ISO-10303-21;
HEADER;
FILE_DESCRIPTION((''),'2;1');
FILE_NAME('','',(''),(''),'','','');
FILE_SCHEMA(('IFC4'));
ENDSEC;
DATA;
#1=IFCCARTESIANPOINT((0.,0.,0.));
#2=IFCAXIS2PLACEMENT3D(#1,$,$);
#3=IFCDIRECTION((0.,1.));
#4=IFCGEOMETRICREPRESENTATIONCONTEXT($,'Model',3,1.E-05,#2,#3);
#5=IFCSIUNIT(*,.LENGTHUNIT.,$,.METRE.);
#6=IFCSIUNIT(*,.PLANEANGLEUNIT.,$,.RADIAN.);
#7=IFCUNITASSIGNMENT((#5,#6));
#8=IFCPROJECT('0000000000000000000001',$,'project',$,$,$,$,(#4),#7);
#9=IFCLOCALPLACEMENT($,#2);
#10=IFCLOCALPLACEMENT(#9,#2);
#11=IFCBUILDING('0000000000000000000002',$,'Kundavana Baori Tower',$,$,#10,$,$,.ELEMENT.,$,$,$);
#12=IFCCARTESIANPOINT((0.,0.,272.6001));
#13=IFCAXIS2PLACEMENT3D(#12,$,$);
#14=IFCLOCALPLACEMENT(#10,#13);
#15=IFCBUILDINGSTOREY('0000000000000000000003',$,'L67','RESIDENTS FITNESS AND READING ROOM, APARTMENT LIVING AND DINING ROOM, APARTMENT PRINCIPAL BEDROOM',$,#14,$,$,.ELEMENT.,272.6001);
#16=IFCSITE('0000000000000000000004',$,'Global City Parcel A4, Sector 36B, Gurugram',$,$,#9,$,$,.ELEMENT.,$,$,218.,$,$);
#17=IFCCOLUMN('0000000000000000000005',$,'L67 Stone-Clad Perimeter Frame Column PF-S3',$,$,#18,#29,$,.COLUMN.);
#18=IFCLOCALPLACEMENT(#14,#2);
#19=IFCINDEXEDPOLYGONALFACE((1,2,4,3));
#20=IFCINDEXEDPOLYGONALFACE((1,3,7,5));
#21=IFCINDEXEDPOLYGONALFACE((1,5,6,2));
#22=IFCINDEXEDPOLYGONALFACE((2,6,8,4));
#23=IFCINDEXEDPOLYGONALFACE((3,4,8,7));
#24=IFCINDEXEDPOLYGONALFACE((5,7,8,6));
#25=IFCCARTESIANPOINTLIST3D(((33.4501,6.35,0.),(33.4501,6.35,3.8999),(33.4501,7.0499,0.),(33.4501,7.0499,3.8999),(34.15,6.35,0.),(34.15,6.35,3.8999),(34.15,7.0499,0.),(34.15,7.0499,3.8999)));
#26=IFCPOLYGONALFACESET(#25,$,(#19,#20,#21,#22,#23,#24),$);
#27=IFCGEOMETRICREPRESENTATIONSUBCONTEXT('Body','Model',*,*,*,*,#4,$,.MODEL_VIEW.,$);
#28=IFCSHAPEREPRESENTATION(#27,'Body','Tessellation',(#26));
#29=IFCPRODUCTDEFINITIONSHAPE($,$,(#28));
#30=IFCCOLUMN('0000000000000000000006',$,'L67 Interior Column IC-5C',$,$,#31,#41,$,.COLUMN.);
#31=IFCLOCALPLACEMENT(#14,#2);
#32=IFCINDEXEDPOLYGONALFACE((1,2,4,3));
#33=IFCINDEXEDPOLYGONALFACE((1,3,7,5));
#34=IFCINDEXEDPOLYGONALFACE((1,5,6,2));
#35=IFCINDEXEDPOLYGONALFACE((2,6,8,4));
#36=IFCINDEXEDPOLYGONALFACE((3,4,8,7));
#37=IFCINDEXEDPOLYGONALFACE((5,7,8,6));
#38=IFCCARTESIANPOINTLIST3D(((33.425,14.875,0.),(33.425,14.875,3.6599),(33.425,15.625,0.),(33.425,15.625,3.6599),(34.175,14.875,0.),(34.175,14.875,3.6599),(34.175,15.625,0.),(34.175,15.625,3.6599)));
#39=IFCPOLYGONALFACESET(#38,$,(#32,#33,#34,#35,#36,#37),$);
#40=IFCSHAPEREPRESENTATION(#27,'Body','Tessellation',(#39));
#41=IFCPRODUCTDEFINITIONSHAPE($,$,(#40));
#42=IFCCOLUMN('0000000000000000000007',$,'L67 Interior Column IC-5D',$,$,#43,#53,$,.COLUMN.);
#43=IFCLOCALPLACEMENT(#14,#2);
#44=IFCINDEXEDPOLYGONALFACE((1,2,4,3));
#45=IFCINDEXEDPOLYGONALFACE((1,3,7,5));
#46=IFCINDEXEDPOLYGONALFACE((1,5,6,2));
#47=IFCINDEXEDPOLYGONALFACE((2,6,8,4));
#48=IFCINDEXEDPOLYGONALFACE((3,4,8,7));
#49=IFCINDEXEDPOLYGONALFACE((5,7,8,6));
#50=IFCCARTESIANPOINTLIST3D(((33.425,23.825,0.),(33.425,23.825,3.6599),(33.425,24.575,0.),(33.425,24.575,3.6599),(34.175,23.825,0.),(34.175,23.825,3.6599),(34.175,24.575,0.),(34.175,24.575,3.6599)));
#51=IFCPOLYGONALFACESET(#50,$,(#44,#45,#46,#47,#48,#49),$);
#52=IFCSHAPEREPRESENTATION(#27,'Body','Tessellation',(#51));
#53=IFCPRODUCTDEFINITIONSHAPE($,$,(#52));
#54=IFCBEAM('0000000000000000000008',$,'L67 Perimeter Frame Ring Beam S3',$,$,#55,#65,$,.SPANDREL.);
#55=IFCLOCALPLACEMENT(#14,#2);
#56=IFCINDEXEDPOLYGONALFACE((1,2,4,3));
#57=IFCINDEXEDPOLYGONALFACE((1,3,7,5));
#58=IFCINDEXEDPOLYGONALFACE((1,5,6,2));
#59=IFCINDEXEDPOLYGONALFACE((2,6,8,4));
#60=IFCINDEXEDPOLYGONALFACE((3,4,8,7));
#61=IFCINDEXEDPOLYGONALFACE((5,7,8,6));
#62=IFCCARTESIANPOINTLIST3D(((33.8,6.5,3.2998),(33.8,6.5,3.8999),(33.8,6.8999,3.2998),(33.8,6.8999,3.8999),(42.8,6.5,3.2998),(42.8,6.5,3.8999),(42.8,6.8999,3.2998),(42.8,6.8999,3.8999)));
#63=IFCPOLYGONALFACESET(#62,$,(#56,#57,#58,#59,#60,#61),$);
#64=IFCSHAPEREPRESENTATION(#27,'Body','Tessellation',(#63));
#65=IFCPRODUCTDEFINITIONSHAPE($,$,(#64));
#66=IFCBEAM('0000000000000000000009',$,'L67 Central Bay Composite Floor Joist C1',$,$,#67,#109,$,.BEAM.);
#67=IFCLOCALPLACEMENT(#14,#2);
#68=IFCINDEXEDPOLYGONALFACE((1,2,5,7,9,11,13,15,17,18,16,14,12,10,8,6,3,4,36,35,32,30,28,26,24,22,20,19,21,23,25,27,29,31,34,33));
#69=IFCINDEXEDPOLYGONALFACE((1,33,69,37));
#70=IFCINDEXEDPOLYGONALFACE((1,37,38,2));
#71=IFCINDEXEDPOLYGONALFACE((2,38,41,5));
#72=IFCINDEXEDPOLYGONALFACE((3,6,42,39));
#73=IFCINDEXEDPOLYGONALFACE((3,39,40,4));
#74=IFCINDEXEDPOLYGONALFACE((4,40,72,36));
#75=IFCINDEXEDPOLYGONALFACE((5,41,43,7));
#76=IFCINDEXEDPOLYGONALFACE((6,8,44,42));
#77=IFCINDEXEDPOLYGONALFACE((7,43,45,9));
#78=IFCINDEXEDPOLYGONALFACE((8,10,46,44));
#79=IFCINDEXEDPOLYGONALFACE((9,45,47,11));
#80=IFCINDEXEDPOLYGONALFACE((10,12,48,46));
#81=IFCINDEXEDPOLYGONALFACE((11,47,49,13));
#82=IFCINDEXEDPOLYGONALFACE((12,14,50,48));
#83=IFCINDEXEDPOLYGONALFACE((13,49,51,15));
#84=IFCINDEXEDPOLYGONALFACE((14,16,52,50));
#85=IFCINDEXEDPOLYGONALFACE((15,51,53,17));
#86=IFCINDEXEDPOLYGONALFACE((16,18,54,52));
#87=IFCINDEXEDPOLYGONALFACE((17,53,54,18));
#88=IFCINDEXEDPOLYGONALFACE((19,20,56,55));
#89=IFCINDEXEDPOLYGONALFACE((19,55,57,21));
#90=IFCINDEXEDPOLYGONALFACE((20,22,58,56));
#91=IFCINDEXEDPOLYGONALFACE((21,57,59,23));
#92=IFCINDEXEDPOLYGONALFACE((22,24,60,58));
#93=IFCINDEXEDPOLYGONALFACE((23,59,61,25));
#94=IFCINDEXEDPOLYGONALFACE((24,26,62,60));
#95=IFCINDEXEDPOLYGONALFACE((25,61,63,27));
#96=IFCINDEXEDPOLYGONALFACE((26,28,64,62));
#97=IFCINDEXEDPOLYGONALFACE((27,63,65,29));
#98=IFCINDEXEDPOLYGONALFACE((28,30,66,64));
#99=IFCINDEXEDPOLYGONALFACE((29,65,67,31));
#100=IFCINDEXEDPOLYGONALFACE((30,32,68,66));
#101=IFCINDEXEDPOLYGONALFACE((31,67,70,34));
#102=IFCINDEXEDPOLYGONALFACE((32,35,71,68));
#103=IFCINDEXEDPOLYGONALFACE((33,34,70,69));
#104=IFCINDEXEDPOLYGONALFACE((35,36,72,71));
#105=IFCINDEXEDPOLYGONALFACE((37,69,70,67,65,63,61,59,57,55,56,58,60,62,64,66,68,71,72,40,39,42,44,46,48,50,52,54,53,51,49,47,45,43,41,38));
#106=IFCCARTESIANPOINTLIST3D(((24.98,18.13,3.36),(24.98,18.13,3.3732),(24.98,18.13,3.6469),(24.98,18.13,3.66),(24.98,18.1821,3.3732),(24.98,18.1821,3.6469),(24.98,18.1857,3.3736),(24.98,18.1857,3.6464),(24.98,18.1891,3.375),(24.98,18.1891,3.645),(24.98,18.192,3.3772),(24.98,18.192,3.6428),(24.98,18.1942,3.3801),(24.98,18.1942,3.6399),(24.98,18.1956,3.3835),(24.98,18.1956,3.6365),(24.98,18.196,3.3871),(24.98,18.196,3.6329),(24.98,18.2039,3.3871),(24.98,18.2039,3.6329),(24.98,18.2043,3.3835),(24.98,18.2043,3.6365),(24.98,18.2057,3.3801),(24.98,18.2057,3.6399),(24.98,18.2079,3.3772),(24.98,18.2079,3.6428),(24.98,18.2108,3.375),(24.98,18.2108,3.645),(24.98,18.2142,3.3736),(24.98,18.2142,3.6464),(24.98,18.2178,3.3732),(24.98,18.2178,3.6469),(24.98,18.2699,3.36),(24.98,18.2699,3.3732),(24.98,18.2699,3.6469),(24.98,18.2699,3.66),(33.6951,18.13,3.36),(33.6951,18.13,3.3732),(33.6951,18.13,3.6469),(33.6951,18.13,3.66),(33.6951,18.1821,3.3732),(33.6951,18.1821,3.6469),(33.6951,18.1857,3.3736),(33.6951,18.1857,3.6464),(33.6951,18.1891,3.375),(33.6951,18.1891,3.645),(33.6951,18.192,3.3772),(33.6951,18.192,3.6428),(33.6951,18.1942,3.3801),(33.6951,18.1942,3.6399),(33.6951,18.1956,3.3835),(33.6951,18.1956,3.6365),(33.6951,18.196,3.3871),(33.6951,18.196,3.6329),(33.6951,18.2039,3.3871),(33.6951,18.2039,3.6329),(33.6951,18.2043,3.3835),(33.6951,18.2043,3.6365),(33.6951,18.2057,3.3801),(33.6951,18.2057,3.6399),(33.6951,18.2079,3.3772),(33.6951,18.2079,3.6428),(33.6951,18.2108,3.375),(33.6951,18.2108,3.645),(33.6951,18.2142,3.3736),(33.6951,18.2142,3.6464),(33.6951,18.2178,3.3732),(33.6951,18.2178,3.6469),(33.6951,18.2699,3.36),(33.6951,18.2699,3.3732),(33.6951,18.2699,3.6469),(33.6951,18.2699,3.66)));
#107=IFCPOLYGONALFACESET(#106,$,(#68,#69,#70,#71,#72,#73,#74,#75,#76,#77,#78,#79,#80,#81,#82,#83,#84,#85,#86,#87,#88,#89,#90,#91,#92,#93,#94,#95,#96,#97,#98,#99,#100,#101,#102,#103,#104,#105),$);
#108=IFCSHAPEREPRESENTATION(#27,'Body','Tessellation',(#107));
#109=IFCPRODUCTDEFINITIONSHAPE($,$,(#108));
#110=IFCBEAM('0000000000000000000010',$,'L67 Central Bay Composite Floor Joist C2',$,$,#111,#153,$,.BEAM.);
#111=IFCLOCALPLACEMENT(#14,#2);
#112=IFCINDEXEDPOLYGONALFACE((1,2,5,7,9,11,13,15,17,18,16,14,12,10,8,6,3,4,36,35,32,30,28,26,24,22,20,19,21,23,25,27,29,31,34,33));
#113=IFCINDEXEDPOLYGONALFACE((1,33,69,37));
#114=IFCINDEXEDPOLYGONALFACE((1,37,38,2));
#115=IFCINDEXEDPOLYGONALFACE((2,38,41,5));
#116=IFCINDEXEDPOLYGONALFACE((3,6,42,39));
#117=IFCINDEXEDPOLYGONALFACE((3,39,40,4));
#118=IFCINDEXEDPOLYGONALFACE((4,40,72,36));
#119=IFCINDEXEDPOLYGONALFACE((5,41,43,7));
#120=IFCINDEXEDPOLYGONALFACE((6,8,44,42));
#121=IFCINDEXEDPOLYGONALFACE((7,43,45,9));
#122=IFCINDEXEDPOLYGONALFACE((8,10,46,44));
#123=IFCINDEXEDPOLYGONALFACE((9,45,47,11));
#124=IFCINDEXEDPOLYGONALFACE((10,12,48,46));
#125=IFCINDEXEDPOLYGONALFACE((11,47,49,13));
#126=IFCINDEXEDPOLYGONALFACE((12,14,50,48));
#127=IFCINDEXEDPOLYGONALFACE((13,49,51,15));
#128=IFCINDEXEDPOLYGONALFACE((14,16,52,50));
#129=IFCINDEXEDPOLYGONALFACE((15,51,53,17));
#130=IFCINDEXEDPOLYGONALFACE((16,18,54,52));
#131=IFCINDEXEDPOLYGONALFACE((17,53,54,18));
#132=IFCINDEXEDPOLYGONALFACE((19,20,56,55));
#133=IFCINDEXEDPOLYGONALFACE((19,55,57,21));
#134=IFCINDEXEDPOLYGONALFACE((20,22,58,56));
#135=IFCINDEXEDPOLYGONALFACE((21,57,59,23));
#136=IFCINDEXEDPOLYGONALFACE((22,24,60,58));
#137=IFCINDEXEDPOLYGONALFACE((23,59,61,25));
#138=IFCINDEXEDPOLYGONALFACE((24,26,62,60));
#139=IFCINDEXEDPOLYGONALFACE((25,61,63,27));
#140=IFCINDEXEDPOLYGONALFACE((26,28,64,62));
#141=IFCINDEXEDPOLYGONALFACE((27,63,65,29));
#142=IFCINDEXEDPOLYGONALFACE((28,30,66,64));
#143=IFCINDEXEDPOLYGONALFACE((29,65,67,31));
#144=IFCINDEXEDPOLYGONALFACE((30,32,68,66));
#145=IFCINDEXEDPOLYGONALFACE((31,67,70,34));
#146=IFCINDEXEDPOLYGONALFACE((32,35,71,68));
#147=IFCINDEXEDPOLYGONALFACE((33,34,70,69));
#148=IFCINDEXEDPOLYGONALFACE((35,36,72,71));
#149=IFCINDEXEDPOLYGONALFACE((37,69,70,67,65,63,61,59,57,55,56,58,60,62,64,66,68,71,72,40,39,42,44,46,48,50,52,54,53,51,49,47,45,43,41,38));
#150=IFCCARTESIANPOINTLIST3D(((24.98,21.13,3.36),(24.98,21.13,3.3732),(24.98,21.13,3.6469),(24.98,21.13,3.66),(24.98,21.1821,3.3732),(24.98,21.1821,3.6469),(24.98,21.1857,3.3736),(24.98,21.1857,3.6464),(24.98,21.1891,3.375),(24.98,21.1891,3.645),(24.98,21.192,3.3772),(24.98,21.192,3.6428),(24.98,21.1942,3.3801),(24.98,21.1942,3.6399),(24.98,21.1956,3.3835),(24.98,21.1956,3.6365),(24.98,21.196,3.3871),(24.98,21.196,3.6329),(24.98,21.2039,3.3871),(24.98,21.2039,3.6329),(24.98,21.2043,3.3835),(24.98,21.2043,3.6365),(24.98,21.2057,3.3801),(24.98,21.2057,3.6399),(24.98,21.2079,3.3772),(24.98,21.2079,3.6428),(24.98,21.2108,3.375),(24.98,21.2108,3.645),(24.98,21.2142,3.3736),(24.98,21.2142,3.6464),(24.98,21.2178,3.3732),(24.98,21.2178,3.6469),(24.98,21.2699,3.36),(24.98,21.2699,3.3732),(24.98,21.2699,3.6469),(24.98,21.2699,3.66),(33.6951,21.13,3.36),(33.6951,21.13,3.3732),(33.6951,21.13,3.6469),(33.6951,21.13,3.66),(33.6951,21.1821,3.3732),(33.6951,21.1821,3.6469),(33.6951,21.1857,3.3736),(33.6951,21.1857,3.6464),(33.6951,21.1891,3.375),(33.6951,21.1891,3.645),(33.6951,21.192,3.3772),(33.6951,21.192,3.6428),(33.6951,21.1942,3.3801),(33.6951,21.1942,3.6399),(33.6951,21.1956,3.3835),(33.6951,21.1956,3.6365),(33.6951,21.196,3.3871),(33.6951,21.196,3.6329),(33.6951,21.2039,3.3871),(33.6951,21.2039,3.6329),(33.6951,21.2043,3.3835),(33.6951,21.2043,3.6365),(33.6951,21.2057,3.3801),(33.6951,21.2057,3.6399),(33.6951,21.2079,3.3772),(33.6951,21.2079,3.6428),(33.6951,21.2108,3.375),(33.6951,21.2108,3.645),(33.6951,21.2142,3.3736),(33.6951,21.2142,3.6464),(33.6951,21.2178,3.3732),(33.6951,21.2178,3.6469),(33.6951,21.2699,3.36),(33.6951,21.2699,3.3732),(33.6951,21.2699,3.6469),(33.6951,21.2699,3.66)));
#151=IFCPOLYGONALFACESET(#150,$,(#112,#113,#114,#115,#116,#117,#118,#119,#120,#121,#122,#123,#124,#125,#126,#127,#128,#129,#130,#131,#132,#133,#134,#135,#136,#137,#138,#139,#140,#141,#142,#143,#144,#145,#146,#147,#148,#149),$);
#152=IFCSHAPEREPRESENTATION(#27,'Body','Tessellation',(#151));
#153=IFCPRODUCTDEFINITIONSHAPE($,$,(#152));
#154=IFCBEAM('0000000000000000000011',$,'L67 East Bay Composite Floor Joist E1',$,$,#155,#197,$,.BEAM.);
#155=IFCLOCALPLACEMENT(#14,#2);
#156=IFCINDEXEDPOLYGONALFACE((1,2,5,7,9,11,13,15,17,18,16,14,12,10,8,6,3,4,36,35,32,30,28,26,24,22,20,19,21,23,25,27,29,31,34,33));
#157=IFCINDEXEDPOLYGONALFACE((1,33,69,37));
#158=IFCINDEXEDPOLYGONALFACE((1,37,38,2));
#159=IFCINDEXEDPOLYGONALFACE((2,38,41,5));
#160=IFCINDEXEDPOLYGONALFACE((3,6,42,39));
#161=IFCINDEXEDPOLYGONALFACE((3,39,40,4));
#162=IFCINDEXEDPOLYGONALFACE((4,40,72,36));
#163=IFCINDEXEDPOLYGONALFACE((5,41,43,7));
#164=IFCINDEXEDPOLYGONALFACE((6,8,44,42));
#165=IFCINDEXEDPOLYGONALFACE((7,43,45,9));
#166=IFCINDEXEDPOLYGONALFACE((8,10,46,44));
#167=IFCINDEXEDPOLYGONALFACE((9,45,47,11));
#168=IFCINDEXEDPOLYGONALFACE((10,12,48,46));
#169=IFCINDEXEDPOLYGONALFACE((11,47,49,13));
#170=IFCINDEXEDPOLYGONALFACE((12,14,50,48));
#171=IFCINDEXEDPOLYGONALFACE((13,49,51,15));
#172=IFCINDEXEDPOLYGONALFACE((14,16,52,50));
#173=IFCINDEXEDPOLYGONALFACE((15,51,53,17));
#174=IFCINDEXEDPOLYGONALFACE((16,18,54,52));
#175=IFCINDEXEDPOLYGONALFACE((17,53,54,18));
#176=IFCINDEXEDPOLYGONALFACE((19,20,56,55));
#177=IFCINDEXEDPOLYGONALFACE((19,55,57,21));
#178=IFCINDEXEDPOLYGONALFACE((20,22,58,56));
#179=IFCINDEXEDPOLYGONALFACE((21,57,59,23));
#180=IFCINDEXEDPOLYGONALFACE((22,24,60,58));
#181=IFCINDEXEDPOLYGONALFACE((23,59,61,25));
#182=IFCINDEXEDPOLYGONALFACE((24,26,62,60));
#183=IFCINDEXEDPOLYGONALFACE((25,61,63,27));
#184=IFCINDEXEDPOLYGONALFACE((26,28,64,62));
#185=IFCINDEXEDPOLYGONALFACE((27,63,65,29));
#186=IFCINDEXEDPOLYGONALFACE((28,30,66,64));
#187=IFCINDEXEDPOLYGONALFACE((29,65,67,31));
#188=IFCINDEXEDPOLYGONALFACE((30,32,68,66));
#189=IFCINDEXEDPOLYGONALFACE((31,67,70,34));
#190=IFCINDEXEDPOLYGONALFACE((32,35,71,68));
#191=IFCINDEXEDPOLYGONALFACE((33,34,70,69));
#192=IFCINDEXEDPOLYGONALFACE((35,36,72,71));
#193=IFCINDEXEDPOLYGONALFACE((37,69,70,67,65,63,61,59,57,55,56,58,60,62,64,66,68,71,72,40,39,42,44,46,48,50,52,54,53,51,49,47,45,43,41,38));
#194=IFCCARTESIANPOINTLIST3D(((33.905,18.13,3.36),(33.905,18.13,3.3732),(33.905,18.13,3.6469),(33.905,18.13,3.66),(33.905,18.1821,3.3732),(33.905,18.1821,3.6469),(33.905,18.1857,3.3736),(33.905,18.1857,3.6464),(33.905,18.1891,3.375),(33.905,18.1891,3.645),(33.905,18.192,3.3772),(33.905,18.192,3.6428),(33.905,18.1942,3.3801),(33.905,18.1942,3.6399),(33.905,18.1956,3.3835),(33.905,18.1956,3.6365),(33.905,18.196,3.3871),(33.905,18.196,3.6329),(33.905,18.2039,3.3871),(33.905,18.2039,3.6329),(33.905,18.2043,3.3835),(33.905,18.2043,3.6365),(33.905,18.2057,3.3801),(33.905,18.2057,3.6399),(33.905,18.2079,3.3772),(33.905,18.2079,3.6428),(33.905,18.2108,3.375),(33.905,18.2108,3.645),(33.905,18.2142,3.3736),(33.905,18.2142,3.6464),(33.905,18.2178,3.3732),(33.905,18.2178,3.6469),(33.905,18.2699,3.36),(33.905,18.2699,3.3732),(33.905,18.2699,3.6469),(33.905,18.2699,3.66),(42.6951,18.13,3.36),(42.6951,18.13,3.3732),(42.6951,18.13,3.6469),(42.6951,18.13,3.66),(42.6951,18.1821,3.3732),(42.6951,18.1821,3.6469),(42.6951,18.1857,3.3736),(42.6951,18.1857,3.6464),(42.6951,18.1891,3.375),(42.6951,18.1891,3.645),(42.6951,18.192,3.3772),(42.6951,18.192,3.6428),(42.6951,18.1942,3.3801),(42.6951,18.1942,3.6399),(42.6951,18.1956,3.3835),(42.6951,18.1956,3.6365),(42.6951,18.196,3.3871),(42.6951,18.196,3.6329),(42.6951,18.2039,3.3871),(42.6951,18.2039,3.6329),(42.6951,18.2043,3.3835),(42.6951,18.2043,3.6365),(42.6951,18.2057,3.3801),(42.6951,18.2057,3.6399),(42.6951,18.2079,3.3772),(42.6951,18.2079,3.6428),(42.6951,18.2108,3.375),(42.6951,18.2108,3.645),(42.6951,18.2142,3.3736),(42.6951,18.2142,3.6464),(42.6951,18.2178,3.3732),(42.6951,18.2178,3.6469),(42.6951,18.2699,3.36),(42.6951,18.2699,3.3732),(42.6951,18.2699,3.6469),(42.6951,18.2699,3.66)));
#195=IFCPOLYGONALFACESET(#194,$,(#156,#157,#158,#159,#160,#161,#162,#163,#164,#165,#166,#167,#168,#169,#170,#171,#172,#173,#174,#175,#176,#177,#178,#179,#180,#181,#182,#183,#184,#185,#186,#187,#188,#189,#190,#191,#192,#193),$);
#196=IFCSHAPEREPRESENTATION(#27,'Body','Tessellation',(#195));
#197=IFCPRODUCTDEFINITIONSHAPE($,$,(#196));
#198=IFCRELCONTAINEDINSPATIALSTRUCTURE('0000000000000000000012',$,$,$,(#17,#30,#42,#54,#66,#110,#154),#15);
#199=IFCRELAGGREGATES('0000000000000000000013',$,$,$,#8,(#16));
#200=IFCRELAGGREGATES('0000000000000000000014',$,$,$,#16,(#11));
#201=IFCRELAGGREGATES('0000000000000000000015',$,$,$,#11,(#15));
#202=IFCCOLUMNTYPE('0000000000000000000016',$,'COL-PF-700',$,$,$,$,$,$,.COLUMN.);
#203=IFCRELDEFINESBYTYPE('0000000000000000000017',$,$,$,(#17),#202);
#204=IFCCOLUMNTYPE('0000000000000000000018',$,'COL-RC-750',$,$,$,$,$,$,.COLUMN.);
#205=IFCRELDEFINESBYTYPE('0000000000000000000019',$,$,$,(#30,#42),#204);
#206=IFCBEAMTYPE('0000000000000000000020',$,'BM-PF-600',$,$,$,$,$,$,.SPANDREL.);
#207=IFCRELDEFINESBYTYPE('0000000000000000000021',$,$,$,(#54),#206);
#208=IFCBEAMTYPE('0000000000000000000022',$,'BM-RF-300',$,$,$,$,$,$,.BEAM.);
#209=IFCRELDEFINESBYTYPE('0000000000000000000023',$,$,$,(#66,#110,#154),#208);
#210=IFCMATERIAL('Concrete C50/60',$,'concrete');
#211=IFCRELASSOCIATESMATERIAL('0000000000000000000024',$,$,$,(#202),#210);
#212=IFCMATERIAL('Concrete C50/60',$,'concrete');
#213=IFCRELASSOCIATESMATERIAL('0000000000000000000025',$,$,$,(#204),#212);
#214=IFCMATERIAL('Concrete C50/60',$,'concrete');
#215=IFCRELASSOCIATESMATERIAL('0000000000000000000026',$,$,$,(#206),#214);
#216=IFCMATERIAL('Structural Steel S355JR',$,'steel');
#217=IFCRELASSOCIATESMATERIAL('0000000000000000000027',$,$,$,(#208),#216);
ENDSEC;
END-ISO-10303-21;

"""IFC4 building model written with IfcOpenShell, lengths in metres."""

from ifc_helpers import new_model, si_unit, direction, frame, origin, origin_2d, place, context, subcontext, project, spatial, rectangle, i_section, extrude, material, material_profile, profile_set, type_object, element, save


model = new_model("IFC4")

# Units and contexts
model_context = context("Model", 3, precision=1e-05, world=origin(), true_north=direction((0.0, 1.0)))
body_context = subcontext(model_context, "Body", "Model", "MODEL_VIEW")
ifc_project = project(units=[si_unit("LENGTHUNIT", "METRE"), si_unit("PLANEANGLEUNIT", "RADIAN")], contexts=[model_context])

# Site, building, storey
site_placement = place(None, origin())
site = spatial("IfcSite", under=ifc_project, at=site_placement, Name="Global City Parcel A4, Sector 36B, Gurugram", CompositionType="ELEMENT", RefElevation=218.0)
building_placement = place(site_placement, origin())
building = spatial("IfcBuilding", under=site, at=building_placement, Name="Kundavana Baori Tower", CompositionType="ELEMENT")
storey_placement = place(building_placement, frame((0.0, 0.0, 272.6001)))
storey = spatial("IfcBuildingStorey", under=building, at=storey_placement, Name="L67", Description="RESIDENTS FITNESS AND READING ROOM, APARTMENT LIVING AND DINING ROOM, APARTMENT PRINCIPAL BEDROOM", CompositionType="ELEMENT", Elevation=272.6001)

# Columns
ifc_material_1 = material(Name="Concrete C50/60", Category="concrete")
ifc_material_profile_1 = material_profile(ifc_material_1, rectangle(XDim=0.7, YDim=0.7, at=origin_2d()), Name="RC PF 700x700")
ifc_profile_set_1 = profile_set([ifc_material_profile_1], Name="Concrete C50/60")
column_type_1 = type_object("IfcColumnType", Name="COL-PF-700", PredefinedType="COLUMN", material=ifc_profile_set_1)
column_placement = place(storey_placement, frame((33.8, 6.7, 0.0), z_axis=(0.0, 0.0, 1.0), x_axis=(1.0, 0.0, 0.0)))
element("IfcColumn", 1, at=column_placement, inside=storey, type_object=column_type_1, Name="L67 Stone-Clad Perimeter Frame Column PF-S3", PredefinedType="COLUMN", context=body_context, shape_type="SweptSolid", body=[
    extrude(rectangle(XDim=0.7, YDim=0.7, at=origin_2d()), origin(), (0.0, 0.0, 1.0), 3.8999),
])
ifc_material_2 = material(Name="Concrete C50/60", Category="concrete")
ifc_material_profile_2 = material_profile(ifc_material_2, rectangle(XDim=0.75, YDim=0.75, at=origin_2d()), Name="RC 750x750")
ifc_profile_set_2 = profile_set([ifc_material_profile_2], Name="Concrete C50/60")
column_type_2 = type_object("IfcColumnType", Name="COL-RC-750", PredefinedType="COLUMN", material=ifc_profile_set_2)
for number, where, z_axis, x_axis, name in (
    (2, (33.8, 15.25, 0.0), (0.0, 0.0, 1.0), (1.0, 0.0, 0.0), "L67 Interior Column IC-5C"),
    (3, (33.8, 24.2, 0.0), (0.0, 0.0, 1.0), (1.0, 0.0, 0.0), "L67 Interior Column IC-5D"),
):
    element("IfcColumn", number, at=place(storey_placement, frame(where, z_axis=z_axis, x_axis=x_axis)), inside=storey, type_object=column_type_2, Name=name, PredefinedType="COLUMN", context=body_context, shape_type="SweptSolid", body=[
        extrude(rectangle(XDim=0.75, YDim=0.75, at=origin_2d()), origin(), (0.0, 0.0, 1.0), 3.6599),
    ])

# Beams
ifc_material_3 = material(Name="Concrete C50/60", Category="concrete")
ifc_material_profile_3 = material_profile(ifc_material_3, rectangle(XDim=0.3999, YDim=0.6001, at=origin_2d()), Name="RC BM 400x600")
ifc_profile_set_3 = profile_set([ifc_material_profile_3], Name="Concrete C50/60")
beam_type_1 = type_object("IfcBeamType", Name="BM-PF-600", PredefinedType="SPANDREL", material=ifc_profile_set_3)
beam_1_placement = place(storey_placement, frame((33.8, 6.7, 3.5999), z_axis=(1.0, 0.0, 0.0), x_axis=(0.0, 1.0, 0.0)))
element("IfcBeam", 4, at=beam_1_placement, inside=storey, type_object=beam_type_1, Name="L67 Perimeter Frame Ring Beam S3", PredefinedType="SPANDREL", context=body_context, shape_type="SweptSolid", body=[
    extrude(rectangle(XDim=0.3999, YDim=0.6001, at=origin_2d()), origin(), (0.0, 0.0, 1.0), 9.0),
])
ifc_material_4 = material(Name="Structural Steel S355JR", Category="steel")
ifc_material_profile_4 = material_profile(ifc_material_4, i_section(OverallWidth=0.1399, OverallDepth=0.3, WebThickness=0.0078, FlangeThickness=0.0132, FilletRadius=0.0139, at=origin_2d()), Name="ISMB 300")
ifc_profile_set_4 = profile_set([ifc_material_profile_4], Name="Structural Steel S355JR")
beam_type_2 = type_object("IfcBeamType", Name="BM-RF-300", PredefinedType="BEAM", material=ifc_profile_set_4)
for number, where, z_axis, x_axis, name in (
    (5, (24.98, 18.2, 3.51), (1.0, 0.0, 0.0), (0.0, 1.0, 0.0), "L67 Central Bay Composite Floor Joist C1"),
    (6, (24.98, 21.2, 3.51), (1.0, 0.0, 0.0), (0.0, 1.0, 0.0), "L67 Central Bay Composite Floor Joist C2"),
):
    element("IfcBeam", number, at=place(storey_placement, frame(where, z_axis=z_axis, x_axis=x_axis)), inside=storey, type_object=beam_type_2, Name=name, PredefinedType="BEAM", context=body_context, shape_type="SweptSolid", body=[
        extrude(i_section(OverallWidth=0.1399, OverallDepth=0.3, WebThickness=0.0078, FlangeThickness=0.0132, FilletRadius=0.0139, at=origin_2d()), origin(), (0.0, 0.0, 1.0), 8.7151),
    ])
for number, where, z_axis, x_axis, name in (
    (7, (33.905, 18.2, 3.51), (1.0, 0.0, 0.0), (0.0, 1.0, 0.0), "L67 East Bay Composite Floor Joist E1"),
):
    element("IfcBeam", number, at=place(storey_placement, frame(where, z_axis=z_axis, x_axis=x_axis)), inside=storey, type_object=beam_type_2, Name=name, PredefinedType="BEAM", context=body_context, shape_type="SweptSolid", body=[
        extrude(i_section(OverallWidth=0.1399, OverallDepth=0.3, WebThickness=0.0078, FlangeThickness=0.0132, FilletRadius=0.0139, at=origin_2d()), origin(), (0.0, 0.0, 1.0), 8.79),
    ])

save(model, "model.ifc")
